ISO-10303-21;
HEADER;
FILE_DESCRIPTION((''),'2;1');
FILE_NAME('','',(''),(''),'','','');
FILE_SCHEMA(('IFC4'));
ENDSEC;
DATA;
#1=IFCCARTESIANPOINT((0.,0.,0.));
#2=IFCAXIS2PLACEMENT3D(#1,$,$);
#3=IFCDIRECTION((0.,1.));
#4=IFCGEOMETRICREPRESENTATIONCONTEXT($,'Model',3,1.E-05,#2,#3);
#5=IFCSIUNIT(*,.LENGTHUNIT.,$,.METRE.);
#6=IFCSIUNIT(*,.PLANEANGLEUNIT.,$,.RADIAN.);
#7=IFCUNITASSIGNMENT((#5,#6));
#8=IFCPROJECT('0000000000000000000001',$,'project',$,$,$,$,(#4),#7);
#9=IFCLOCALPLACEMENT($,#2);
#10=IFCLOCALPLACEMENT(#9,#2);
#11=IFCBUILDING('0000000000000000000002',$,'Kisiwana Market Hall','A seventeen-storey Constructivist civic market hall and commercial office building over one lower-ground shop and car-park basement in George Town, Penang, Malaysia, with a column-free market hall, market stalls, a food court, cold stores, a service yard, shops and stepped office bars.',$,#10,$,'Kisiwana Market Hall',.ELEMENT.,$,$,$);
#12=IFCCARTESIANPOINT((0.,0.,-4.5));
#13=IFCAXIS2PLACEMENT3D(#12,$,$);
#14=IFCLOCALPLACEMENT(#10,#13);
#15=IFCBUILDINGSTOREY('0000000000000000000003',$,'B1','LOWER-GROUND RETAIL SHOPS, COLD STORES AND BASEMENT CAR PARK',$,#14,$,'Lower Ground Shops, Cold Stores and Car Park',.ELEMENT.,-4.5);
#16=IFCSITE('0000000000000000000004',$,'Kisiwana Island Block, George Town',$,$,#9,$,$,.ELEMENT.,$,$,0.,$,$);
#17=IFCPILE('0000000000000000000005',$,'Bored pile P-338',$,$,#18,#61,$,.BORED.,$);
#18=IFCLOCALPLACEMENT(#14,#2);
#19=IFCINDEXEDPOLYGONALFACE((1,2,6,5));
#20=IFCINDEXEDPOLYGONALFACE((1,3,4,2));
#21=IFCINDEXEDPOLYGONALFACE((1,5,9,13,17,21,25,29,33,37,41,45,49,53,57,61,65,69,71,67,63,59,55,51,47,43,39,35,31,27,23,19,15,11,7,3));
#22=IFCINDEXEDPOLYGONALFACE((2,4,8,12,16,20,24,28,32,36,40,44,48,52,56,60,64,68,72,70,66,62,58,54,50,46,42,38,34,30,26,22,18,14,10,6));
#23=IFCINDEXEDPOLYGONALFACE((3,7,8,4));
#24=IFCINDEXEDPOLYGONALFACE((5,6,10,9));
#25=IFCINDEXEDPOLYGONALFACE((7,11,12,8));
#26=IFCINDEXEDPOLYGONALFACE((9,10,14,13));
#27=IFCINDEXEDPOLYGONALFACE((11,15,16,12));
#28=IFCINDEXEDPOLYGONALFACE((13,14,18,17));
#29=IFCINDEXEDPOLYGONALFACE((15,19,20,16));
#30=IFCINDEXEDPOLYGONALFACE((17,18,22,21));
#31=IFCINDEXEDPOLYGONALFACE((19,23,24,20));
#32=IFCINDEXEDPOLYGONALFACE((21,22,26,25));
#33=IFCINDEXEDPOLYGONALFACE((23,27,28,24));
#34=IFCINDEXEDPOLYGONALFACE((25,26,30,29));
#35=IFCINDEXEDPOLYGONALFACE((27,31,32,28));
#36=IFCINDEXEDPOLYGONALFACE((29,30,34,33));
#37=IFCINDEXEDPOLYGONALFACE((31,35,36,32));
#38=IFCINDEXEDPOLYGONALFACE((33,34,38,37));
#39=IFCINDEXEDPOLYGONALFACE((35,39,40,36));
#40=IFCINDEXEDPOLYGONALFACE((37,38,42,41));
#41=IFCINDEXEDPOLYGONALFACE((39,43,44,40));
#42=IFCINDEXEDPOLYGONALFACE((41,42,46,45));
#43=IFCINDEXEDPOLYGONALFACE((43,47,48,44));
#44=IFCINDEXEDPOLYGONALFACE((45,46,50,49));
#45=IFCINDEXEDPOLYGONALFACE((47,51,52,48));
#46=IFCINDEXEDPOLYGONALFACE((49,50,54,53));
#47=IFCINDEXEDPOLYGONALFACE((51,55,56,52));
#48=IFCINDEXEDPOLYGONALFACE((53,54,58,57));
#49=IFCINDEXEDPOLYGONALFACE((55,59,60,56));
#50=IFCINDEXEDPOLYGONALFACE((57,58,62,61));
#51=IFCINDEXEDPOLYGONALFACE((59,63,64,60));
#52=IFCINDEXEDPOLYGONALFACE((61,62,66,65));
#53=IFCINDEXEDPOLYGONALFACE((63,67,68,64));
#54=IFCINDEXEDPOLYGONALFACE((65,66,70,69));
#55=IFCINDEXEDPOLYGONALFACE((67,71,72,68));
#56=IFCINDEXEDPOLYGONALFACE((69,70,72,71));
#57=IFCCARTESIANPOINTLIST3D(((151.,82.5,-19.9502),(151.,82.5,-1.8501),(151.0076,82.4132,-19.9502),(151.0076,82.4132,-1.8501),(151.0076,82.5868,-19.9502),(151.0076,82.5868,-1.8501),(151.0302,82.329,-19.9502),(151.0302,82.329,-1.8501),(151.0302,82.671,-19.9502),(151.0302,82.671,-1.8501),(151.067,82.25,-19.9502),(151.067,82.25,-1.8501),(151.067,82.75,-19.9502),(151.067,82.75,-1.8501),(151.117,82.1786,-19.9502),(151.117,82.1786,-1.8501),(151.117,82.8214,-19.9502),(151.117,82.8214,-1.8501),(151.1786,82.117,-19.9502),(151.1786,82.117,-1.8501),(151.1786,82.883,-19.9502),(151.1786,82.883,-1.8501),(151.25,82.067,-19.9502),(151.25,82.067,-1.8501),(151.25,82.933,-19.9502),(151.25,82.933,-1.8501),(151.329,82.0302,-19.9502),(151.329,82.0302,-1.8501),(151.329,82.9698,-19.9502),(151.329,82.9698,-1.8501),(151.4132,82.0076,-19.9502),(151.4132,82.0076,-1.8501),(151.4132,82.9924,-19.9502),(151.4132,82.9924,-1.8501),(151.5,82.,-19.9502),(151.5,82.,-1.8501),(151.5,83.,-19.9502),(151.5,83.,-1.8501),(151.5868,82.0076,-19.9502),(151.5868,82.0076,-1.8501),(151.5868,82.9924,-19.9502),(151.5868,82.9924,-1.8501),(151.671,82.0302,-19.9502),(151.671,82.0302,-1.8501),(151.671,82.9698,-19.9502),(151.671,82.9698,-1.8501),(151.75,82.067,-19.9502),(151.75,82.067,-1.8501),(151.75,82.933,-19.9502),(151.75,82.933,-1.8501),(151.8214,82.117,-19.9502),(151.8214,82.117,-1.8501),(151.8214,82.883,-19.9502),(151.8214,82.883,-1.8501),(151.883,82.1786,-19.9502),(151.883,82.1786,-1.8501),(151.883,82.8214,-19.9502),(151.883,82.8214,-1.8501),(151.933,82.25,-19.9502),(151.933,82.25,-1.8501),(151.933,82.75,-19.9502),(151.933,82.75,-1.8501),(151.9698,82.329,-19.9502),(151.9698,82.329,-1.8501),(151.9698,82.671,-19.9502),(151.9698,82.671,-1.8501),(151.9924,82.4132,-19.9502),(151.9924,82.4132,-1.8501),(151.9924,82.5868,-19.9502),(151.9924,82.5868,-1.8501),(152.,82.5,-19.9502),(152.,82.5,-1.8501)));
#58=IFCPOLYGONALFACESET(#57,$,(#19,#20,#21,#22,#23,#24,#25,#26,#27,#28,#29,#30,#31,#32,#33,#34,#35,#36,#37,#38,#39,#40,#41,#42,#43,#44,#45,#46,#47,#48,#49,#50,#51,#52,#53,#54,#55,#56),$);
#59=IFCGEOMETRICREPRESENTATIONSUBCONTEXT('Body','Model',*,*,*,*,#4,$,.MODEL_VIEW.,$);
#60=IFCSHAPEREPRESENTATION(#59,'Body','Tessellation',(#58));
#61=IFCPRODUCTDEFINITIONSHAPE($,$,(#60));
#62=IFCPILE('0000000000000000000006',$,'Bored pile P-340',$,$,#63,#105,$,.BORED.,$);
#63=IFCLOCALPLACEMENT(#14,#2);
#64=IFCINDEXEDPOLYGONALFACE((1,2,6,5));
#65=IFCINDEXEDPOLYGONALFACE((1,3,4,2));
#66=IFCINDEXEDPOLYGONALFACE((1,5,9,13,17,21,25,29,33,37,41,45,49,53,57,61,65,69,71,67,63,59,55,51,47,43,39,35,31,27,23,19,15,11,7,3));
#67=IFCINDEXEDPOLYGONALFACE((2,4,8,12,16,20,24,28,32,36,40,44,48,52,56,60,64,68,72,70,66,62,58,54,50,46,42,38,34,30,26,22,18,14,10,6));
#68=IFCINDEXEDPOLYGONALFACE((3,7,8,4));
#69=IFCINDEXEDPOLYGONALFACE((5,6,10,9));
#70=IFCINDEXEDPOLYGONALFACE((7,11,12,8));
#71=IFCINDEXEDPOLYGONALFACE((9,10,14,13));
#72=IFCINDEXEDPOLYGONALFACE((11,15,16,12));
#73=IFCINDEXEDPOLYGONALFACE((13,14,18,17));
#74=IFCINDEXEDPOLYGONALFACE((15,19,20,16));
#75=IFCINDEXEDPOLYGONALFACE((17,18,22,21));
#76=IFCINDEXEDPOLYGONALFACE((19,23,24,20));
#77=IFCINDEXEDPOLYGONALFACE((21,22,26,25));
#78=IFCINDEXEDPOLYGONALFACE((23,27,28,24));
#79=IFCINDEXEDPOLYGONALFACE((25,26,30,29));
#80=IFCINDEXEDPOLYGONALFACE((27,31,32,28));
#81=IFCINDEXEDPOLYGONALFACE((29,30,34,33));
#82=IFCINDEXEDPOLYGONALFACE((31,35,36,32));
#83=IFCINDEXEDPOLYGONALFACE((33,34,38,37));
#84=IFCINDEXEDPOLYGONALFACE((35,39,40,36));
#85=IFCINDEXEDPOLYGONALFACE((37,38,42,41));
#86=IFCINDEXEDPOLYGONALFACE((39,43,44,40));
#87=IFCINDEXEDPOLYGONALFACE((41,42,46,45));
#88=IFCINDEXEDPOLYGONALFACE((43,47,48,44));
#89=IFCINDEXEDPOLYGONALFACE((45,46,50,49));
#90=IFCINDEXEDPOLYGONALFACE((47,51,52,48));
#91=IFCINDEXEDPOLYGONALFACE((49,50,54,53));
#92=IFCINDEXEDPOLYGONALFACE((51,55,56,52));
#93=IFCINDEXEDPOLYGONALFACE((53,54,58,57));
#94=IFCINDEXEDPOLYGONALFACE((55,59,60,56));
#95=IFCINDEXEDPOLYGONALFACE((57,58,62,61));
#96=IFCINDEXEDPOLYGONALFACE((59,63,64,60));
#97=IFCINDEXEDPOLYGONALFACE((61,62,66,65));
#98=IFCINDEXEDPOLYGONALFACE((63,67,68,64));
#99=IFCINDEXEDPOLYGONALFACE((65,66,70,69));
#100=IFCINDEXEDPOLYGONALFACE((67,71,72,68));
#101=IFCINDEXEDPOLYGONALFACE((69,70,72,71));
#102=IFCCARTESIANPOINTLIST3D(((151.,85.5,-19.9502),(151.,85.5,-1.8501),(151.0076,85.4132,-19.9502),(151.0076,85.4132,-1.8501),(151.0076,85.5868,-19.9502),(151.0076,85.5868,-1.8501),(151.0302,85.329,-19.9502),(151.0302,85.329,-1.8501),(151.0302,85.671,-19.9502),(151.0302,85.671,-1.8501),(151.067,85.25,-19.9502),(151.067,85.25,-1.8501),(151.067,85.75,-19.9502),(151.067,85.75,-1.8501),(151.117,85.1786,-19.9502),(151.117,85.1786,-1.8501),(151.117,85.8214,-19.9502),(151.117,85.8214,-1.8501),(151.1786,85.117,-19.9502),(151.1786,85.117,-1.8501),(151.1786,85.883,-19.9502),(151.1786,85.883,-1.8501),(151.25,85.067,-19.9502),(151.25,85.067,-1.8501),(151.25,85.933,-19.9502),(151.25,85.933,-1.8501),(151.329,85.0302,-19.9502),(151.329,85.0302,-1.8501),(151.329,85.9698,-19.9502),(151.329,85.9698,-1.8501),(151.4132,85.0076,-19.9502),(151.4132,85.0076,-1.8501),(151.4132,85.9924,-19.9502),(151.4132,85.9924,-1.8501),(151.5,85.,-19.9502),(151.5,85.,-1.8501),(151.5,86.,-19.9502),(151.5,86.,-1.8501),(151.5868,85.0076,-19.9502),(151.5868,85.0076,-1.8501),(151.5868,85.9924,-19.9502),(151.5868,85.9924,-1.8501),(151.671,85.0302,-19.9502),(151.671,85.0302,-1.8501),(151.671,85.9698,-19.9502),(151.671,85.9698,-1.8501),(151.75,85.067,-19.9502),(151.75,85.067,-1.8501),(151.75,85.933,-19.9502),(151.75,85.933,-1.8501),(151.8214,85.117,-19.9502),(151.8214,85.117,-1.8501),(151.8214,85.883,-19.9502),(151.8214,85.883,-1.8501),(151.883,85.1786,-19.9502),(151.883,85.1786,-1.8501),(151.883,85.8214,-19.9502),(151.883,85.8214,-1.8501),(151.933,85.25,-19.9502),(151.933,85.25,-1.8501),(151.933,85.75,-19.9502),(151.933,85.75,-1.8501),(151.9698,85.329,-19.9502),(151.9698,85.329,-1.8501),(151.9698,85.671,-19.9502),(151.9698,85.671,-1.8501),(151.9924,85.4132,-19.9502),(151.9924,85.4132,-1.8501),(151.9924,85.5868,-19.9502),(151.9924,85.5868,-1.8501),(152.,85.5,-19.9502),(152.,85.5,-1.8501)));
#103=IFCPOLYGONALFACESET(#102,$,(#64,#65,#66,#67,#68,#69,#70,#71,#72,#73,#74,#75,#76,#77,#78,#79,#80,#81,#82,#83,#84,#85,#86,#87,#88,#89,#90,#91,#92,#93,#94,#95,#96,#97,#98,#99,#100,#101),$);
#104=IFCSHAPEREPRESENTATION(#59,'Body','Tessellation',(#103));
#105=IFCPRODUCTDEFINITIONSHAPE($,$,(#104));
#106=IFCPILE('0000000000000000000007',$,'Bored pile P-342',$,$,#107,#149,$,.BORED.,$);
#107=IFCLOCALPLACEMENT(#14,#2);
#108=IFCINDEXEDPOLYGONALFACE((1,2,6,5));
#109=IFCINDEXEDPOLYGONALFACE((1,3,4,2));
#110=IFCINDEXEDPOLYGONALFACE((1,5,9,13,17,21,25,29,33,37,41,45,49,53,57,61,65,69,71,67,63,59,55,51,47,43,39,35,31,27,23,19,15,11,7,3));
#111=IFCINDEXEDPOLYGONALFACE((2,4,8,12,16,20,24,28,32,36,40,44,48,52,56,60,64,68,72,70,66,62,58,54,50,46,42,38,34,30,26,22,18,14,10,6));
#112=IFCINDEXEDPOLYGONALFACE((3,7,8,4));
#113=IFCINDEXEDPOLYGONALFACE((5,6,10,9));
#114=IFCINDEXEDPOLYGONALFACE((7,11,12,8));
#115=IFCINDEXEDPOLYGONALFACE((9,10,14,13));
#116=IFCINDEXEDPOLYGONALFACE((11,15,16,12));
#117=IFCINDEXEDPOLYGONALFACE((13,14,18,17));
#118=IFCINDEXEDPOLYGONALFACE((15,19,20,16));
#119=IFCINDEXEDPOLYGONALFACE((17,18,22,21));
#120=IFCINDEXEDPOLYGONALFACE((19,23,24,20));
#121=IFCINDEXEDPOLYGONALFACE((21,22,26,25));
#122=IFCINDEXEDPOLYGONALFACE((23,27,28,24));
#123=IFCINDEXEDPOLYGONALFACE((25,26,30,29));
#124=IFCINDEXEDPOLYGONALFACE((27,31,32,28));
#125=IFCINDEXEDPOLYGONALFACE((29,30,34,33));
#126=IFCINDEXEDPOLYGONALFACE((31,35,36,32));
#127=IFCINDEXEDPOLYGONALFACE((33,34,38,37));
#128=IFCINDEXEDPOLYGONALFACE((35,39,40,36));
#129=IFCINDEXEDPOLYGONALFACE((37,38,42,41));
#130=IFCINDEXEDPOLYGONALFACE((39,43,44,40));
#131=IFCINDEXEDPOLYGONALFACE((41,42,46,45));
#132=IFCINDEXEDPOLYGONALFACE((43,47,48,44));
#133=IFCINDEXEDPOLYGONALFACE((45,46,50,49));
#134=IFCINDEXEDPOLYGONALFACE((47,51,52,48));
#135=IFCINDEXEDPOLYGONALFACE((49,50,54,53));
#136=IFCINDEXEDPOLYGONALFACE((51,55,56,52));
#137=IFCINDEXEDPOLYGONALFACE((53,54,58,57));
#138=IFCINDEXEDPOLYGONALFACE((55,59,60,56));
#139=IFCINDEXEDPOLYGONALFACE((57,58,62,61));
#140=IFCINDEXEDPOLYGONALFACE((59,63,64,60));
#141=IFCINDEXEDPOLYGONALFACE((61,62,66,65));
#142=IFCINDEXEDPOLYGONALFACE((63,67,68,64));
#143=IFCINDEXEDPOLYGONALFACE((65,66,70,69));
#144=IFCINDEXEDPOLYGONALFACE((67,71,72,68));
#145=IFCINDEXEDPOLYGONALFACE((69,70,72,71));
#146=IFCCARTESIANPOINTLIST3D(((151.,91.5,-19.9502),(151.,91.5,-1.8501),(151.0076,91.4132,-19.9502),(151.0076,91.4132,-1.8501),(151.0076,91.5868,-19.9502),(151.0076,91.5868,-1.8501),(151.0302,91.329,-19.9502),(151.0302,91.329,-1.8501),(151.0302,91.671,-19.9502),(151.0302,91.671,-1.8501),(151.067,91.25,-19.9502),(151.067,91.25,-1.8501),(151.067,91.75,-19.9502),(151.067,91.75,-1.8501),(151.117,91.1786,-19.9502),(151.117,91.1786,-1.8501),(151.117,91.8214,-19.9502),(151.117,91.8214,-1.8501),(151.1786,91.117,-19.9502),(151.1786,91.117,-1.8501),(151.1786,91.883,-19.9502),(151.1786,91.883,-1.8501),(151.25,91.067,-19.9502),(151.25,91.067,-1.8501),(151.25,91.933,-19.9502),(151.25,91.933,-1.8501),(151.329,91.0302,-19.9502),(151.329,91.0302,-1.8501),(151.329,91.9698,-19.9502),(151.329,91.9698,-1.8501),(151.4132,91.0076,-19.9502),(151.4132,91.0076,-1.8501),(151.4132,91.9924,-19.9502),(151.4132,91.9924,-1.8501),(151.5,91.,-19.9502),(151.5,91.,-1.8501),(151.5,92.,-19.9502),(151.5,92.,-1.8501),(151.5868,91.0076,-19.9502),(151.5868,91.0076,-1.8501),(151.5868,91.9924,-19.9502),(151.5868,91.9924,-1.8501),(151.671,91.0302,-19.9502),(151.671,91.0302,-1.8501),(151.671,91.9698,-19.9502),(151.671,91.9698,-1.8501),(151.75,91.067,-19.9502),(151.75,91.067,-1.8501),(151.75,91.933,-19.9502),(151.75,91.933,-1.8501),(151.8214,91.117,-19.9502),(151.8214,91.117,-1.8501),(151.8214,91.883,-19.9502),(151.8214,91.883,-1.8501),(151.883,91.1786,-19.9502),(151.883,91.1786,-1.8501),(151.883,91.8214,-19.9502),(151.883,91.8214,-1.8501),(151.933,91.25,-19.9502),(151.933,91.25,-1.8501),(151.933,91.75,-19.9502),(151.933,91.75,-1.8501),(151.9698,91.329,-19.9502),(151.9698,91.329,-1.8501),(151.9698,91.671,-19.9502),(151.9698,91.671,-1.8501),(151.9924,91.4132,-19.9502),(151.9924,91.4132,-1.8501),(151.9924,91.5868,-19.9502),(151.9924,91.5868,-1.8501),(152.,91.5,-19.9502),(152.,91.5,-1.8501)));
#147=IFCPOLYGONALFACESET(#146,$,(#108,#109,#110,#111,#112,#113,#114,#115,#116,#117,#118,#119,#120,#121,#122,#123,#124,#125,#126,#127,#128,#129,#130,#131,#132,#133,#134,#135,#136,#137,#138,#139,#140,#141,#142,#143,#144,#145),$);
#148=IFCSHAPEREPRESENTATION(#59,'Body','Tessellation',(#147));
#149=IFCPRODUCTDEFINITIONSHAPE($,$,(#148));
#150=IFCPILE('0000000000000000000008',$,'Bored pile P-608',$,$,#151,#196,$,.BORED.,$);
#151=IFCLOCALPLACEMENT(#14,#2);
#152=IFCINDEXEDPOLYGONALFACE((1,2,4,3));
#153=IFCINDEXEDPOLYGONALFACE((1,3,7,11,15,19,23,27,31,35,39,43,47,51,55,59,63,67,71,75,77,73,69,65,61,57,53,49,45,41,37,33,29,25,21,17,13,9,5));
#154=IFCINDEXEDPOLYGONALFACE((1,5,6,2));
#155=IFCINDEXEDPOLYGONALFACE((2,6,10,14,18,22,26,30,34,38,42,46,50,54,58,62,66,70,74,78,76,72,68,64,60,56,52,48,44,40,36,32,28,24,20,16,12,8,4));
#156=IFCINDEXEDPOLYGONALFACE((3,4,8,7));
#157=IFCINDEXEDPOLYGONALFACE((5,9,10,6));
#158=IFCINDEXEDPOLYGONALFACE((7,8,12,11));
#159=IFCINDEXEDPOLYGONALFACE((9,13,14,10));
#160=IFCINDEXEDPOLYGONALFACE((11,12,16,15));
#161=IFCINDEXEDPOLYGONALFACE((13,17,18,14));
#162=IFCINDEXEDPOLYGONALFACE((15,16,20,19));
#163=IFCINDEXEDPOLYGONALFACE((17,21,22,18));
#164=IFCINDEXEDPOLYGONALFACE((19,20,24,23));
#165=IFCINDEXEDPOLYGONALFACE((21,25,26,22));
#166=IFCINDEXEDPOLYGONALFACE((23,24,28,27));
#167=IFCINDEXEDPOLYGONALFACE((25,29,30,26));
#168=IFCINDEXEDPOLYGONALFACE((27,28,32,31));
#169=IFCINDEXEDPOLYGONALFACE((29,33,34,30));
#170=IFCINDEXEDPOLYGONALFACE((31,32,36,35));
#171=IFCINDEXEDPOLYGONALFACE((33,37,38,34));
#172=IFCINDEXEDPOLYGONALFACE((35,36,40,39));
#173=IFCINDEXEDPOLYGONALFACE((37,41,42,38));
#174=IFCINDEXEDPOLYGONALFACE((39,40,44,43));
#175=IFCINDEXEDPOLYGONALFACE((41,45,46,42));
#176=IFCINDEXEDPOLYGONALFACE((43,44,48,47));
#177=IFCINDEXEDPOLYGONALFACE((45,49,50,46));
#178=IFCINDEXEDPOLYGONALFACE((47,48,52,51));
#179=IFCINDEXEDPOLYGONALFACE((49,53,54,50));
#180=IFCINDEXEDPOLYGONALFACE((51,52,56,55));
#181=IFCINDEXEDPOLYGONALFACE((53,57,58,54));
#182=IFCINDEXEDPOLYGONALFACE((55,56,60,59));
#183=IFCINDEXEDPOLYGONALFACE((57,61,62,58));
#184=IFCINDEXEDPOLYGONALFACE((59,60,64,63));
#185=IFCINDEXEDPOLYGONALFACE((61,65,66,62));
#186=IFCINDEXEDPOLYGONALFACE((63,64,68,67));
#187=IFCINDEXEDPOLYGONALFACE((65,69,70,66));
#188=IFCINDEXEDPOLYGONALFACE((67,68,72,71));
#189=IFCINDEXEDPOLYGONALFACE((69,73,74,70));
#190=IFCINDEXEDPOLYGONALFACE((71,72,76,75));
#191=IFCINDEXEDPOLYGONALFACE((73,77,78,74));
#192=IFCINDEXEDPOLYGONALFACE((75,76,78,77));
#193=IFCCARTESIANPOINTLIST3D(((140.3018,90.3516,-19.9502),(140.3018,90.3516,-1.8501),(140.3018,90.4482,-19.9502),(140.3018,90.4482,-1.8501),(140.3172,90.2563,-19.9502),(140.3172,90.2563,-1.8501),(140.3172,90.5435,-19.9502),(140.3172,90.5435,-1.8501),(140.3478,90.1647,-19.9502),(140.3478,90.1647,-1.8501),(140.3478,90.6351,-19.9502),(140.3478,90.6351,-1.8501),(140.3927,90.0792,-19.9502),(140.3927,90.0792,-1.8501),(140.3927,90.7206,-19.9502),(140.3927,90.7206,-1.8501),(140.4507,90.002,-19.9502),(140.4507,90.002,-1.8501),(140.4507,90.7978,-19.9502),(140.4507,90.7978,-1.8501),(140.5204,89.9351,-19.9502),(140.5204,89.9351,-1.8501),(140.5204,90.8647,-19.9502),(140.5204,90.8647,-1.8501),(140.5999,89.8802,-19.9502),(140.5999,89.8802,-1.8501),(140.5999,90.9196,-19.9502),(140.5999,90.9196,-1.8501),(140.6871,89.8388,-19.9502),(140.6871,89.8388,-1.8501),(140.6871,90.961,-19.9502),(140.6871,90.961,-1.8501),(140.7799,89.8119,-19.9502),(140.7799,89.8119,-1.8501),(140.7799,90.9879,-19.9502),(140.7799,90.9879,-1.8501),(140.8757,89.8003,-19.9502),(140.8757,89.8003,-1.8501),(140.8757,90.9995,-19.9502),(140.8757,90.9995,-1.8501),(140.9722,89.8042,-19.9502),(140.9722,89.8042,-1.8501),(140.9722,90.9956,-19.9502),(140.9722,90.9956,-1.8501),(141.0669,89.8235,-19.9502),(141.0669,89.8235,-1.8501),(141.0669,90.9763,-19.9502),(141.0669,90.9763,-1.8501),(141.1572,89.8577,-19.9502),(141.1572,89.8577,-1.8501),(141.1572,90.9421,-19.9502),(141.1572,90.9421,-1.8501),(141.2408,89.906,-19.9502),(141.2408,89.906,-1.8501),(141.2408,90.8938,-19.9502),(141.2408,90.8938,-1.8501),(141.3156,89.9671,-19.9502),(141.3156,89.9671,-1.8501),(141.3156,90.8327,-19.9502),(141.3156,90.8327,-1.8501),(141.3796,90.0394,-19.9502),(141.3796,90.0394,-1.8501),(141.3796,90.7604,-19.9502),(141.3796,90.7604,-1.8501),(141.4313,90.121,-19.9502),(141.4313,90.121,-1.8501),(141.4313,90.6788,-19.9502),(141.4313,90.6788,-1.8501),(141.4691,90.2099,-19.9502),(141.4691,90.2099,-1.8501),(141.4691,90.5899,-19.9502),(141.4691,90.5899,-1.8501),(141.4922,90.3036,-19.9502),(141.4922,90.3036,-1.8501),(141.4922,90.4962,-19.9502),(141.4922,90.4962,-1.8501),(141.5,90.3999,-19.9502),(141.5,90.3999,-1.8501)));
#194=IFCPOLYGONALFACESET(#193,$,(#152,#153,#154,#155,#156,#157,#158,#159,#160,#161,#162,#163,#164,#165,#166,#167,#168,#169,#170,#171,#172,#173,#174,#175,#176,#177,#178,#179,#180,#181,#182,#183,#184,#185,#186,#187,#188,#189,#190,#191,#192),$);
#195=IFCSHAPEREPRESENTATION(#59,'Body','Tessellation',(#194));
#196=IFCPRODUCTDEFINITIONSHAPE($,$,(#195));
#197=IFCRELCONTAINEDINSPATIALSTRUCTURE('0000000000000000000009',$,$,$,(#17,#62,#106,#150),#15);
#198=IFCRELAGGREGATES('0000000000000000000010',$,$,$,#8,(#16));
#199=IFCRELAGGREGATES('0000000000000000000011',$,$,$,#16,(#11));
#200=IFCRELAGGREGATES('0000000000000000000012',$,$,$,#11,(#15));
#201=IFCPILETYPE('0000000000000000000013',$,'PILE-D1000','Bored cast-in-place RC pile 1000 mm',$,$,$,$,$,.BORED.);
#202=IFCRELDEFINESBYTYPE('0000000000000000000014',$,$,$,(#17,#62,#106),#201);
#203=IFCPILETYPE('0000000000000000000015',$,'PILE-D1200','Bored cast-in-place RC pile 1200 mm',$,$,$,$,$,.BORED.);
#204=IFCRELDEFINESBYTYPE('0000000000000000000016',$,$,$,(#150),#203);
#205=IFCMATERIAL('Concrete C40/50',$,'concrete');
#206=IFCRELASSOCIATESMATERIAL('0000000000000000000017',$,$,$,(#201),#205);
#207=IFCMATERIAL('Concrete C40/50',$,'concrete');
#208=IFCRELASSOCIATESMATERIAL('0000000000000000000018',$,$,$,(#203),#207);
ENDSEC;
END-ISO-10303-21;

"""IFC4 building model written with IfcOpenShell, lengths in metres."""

from ifc_helpers import new_model, si_unit, direction, frame, origin, origin_2d, place, context, subcontext, project, spatial, circle, extrude, material, material_profile, profile_set, type_object, element, save


model = new_model("IFC4")

# Units and contexts
model_context = context("Model", 3, precision=1e-05, world=origin(), true_north=direction((0.0, 1.0)))
body_context = subcontext(model_context, "Body", "Model", "MODEL_VIEW")
ifc_project = project(units=[si_unit("LENGTHUNIT", "METRE"), si_unit("PLANEANGLEUNIT", "RADIAN")], contexts=[model_context])

# Site, building, storey
site_placement = place(None, origin())
site = spatial("IfcSite", under=ifc_project, at=site_placement, Name="Kisiwana Island Block, George Town", CompositionType="ELEMENT", RefElevation=0.0)
building_placement = place(site_placement, origin())
building = spatial("IfcBuilding", under=site, at=building_placement, Name="Kisiwana Market Hall", Description="A seventeen-storey Constructivist civic market hall and commercial office building over one lower-ground shop and car-park basement in George Town, Penang, Malaysia, with a column-free market hall, market stalls, a food court, cold stores, a service yard, shops and stepped office bars.", LongName="Kisiwana Market Hall", CompositionType="ELEMENT")
storey_placement = place(building_placement, frame((0.0, 0.0, -4.5)))
storey = spatial("IfcBuildingStorey", under=building, at=storey_placement, Name="B1", Description="LOWER-GROUND RETAIL SHOPS, COLD STORES AND BASEMENT CAR PARK", LongName="Lower Ground Shops, Cold Stores and Car Park", CompositionType="ELEMENT", Elevation=-4.5)

# Piles
ifc_material_1 = material(Name="Concrete C40/50", Category="concrete")
ifc_material_profile_1 = material_profile(ifc_material_1, circle(Radius=0.5, at=origin_2d()), Name="BP D1000")
ifc_profile_set_1 = profile_set([ifc_material_profile_1], Name="Concrete C40/50")
pile_type_1 = type_object("IfcPileType", Name="PILE-D1000", Description="Bored cast-in-place RC pile 1000 mm", PredefinedType="BORED", material=ifc_profile_set_1)
for number, where, z_axis, x_axis, name in (
    (1, (151.5, 82.5, -1.8501), (0.0, 0.0, -1.0), (1.0, 0.0, 0.0), "Bored pile P-338"),
    (2, (151.5, 85.5, -1.8501), (0.0, 0.0, -1.0), (1.0, 0.0, 0.0), "Bored pile P-340"),
    (3, (151.5, 91.5, -1.8501), (0.0, 0.0, -1.0), (1.0, 0.0, 0.0), "Bored pile P-342"),
):
    element("IfcPile", number, at=place(storey_placement, frame(where, z_axis=z_axis, x_axis=x_axis)), inside=storey, type_object=pile_type_1, Name=name, PredefinedType="BORED", context=body_context, shape_type="SweptSolid", body=[
        extrude(circle(Radius=0.5, at=origin_2d()), origin(), (0.0, 0.0, 1.0), 18.1001),
    ])
ifc_material_2 = material(Name="Concrete C40/50", Category="concrete")
ifc_material_profile_2 = material_profile(ifc_material_2, circle(Radius=0.6001, at=origin_2d()), Name="BP D1200")
ifc_profile_set_2 = profile_set([ifc_material_profile_2], Name="Concrete C40/50")
pile_type_2 = type_object("IfcPileType", Name="PILE-D1200", Description="Bored cast-in-place RC pile 1200 mm", PredefinedType="BORED", material=ifc_profile_set_2)
for number, where, z_axis, x_axis, name in (
    (4, (140.8999, 90.3999, -1.8501), (0.0, 0.0, -1.0), (1.0, 0.0, 0.0), "Bored pile P-608"),
):
    element("IfcPile", number, at=place(storey_placement, frame(where, z_axis=z_axis, x_axis=x_axis)), inside=storey, type_object=pile_type_2, Name=name, PredefinedType="BORED", context=body_context, shape_type="SweptSolid", body=[
        extrude(circle(Radius=0.6001, at=origin_2d()), origin(), (0.0, 0.0, 1.0), 18.1001),
    ])

save(model, "model.ifc")
